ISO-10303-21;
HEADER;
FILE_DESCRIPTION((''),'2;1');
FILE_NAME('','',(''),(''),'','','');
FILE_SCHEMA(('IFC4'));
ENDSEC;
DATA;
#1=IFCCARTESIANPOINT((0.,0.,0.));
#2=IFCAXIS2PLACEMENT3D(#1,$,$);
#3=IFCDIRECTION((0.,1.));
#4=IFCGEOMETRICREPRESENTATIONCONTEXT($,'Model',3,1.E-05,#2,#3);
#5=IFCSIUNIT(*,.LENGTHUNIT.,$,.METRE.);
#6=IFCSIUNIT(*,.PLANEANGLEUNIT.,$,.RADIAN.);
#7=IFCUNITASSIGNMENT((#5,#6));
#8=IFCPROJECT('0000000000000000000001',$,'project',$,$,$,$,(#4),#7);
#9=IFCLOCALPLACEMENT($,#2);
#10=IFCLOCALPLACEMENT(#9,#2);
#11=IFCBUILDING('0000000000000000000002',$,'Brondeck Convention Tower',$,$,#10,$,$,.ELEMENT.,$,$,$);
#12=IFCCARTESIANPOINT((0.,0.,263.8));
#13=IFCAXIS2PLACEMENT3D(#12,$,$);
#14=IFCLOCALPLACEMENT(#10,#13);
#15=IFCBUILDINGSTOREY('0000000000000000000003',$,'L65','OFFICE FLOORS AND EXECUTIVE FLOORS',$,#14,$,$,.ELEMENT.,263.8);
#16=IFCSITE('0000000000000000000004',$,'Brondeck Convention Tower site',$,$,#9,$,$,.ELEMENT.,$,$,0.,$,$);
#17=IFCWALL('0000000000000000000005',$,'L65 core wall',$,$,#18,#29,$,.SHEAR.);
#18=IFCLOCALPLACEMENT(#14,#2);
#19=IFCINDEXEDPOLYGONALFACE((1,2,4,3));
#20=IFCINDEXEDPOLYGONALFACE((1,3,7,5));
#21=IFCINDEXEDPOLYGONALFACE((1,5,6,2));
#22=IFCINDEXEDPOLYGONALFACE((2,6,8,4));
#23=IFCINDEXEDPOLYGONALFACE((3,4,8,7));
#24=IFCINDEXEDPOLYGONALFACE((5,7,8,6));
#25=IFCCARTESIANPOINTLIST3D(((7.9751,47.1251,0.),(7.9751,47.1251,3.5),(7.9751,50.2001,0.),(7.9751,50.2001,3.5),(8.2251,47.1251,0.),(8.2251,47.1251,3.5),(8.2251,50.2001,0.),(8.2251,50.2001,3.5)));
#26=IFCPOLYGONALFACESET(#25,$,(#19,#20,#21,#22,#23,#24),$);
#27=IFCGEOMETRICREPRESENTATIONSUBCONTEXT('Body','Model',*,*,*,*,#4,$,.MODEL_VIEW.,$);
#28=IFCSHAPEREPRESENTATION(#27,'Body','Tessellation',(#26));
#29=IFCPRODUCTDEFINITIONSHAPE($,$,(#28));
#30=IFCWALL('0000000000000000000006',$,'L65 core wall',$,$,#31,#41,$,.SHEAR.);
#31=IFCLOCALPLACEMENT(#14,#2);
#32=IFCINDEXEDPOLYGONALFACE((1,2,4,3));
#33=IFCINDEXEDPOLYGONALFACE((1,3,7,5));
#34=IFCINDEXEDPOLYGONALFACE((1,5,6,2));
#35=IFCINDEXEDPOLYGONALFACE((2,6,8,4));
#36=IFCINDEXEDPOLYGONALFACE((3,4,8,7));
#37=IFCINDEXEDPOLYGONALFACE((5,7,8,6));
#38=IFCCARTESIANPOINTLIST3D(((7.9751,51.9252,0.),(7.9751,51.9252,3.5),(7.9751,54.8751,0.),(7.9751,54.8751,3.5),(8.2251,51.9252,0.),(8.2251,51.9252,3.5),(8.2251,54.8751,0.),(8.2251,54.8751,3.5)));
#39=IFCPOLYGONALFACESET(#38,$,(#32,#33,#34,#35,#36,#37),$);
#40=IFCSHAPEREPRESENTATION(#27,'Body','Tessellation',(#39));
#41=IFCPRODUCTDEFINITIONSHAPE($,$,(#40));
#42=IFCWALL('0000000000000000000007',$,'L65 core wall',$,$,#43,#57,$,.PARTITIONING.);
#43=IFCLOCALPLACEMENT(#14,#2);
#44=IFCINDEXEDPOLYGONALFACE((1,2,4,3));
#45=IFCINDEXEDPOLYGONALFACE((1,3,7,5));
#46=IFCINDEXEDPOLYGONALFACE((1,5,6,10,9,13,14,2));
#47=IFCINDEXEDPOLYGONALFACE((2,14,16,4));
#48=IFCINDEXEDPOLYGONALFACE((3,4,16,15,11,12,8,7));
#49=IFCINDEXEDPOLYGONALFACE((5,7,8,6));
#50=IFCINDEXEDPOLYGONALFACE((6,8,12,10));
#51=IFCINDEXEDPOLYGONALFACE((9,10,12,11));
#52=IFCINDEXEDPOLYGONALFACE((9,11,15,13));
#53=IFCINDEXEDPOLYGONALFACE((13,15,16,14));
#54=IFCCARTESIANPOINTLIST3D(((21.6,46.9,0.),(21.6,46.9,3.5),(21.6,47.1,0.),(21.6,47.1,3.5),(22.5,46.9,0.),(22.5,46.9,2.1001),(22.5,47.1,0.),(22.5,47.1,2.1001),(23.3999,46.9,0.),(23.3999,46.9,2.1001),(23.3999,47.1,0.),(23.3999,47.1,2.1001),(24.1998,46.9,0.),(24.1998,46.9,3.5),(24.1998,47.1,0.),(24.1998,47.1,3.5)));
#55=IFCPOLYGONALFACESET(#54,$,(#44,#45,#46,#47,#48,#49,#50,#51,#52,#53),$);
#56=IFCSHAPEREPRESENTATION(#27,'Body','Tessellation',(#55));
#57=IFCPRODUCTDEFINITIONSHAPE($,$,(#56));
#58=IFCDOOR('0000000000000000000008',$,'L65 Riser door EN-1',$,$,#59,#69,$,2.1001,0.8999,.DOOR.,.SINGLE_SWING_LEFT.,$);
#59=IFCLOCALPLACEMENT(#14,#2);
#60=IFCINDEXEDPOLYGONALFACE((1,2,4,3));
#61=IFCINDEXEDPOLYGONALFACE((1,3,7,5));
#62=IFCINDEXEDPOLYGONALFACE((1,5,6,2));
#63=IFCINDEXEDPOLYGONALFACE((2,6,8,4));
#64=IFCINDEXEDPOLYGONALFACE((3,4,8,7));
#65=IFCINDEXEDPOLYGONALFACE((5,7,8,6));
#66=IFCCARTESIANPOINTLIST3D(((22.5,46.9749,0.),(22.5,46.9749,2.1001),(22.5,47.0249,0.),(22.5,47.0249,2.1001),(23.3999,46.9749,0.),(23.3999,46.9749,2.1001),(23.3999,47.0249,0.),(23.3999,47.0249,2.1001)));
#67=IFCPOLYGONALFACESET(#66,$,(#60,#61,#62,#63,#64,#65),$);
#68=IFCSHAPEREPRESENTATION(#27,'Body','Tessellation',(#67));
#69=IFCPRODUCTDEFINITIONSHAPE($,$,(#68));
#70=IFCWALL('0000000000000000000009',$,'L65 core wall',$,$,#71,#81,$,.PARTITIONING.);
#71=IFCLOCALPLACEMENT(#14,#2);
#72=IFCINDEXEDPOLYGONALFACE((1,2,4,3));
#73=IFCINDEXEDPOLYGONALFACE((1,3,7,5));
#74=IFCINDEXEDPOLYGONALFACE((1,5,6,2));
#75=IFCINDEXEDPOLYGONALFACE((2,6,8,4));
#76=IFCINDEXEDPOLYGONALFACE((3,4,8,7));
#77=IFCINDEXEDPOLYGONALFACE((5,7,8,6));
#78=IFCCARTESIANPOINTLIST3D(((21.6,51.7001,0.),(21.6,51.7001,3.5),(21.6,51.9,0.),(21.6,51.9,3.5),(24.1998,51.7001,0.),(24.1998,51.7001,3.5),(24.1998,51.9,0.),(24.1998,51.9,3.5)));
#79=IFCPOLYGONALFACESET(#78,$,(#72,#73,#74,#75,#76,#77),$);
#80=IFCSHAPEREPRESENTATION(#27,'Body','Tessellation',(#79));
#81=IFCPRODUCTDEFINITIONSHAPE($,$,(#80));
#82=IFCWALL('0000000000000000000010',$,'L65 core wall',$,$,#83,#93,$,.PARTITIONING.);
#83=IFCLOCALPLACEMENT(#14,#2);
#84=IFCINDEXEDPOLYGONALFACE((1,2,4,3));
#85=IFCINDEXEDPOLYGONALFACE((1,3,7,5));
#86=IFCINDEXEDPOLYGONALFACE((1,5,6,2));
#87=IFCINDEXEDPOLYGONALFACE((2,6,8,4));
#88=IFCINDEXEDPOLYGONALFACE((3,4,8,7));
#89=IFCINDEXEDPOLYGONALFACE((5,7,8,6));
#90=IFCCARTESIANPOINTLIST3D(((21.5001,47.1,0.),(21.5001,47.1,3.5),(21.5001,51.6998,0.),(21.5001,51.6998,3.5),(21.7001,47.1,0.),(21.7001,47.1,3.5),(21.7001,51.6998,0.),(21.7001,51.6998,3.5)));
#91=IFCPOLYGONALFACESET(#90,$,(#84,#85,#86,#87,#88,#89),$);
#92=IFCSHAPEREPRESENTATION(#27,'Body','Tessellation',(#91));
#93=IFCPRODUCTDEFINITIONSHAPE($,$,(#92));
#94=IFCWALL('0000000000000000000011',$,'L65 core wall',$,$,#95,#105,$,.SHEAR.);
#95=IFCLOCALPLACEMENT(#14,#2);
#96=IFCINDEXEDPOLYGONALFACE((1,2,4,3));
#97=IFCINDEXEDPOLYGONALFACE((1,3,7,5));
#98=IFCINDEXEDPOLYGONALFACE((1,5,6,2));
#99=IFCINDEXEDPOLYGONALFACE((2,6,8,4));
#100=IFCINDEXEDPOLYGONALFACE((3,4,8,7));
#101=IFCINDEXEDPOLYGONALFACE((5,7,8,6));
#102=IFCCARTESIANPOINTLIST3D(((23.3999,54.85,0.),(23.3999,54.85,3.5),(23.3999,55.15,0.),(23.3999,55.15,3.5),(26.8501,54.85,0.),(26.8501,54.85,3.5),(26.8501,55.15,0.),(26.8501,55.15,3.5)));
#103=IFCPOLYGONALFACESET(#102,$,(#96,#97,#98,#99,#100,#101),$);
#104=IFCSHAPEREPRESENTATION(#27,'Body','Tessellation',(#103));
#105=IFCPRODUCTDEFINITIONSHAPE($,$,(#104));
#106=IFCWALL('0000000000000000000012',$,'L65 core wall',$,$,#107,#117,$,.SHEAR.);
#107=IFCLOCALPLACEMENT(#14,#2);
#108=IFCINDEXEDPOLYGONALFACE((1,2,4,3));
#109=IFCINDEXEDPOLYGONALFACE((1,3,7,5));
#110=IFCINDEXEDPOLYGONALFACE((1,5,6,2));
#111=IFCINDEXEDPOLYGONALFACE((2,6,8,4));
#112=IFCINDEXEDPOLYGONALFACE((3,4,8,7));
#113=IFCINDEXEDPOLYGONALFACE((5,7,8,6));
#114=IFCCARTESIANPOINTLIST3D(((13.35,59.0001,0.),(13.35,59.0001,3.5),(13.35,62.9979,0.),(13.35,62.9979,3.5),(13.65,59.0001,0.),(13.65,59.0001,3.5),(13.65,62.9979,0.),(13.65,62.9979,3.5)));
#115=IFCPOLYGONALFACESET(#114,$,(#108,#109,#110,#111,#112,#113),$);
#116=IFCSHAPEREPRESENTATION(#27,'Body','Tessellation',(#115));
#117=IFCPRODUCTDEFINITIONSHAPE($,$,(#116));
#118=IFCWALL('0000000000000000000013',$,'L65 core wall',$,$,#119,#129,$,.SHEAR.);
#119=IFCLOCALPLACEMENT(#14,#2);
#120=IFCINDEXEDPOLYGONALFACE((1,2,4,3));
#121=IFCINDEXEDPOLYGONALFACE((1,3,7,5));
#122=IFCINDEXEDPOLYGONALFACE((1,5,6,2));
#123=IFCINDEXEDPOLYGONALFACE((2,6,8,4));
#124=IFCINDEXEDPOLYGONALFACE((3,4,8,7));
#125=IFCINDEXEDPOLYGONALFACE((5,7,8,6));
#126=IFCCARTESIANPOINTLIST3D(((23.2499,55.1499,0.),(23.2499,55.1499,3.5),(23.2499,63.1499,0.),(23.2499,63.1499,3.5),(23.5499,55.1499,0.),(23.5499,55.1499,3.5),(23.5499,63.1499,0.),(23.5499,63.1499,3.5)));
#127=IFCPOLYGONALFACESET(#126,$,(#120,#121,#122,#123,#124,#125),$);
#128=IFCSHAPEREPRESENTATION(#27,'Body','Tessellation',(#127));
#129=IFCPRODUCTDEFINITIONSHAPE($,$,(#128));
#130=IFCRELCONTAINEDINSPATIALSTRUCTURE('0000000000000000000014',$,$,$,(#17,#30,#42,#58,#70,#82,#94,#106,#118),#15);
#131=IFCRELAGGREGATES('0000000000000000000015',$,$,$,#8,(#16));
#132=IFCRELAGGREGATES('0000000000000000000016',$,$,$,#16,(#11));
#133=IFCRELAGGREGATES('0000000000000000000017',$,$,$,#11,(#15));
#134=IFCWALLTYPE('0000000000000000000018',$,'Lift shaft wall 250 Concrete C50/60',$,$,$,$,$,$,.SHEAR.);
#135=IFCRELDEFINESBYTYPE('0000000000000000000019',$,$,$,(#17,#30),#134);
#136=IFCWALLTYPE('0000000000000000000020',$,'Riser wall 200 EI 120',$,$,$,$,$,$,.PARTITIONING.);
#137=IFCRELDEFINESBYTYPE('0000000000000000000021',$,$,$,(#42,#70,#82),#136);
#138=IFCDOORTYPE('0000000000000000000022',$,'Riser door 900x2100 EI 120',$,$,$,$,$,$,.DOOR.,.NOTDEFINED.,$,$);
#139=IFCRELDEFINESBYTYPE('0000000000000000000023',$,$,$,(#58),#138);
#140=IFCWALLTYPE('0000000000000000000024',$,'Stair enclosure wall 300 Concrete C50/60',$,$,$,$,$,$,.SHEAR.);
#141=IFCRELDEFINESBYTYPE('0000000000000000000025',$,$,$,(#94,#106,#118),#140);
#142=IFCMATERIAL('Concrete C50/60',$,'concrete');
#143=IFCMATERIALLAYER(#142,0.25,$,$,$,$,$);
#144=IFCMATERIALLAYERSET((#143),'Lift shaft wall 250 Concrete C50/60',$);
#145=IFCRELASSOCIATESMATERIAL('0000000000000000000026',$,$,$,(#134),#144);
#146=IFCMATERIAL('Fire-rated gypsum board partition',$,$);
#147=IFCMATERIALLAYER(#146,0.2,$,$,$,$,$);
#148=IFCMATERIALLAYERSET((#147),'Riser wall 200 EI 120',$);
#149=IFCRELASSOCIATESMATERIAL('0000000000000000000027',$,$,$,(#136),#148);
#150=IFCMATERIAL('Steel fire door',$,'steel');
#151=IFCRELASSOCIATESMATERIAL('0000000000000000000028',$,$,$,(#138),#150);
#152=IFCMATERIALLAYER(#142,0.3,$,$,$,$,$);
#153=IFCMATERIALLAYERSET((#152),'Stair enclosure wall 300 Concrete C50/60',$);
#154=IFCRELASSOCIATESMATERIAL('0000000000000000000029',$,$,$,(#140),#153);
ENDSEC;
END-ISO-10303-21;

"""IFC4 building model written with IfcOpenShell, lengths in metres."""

from ifc_helpers import new_model, si_unit, direction, frame, frame_2d, origin, place, context, subcontext, project, spatial, rectangle, extrude, material, layer, layer_set, type_object, element, fill, save


model = new_model("IFC4")

# Units and contexts
model_context = context("Model", 3, precision=1e-05, world=origin(), true_north=direction((0.0, 1.0)))
body_context = subcontext(model_context, "Body", "Model", "MODEL_VIEW")
ifc_project = project(units=[si_unit("LENGTHUNIT", "METRE"), si_unit("PLANEANGLEUNIT", "RADIAN")], contexts=[model_context])

# Site, building, storey
site_placement = place(None, origin())
site = spatial("IfcSite", under=ifc_project, at=site_placement, Name="Brondeck Convention Tower site", CompositionType="ELEMENT", RefElevation=0.0)
building_placement = place(site_placement, origin())
building = spatial("IfcBuilding", under=site, at=building_placement, Name="Brondeck Convention Tower", CompositionType="ELEMENT")
storey_placement = place(building_placement, frame((0.0, 0.0, 263.8)))
storey = spatial("IfcBuildingStorey", under=building, at=storey_placement, Name="L65", Description="OFFICE FLOORS AND EXECUTIVE FLOORS", CompositionType="ELEMENT", Elevation=263.8)

# Shared definitions
ifc_material_1 = material(Name="Fire-rated gypsum board partition")
ifc_material_2 = material(Name="Steel fire door", Category="steel")

# Walls
ifc_material_3 = material(Name="Concrete C50/60", Category="concrete")
ifc_layer_1 = layer(ifc_material_3, 0.25)
ifc_layer_set_1 = layer_set([ifc_layer_1], Name="Lift shaft wall 250 Concrete C50/60")
wall_type_1 = type_object("IfcWallType", Name="Lift shaft wall 250 Concrete C50/60", PredefinedType="SHEAR", material=ifc_layer_set_1)
wall_1_placement = place(storey_placement, frame((8.1001, 47.125, 0.0), z_axis=(0.0, 0.0, 1.0), x_axis=(0.0, 1.0, 0.0)))
element("IfcWall", 1, at=wall_1_placement, inside=storey, type_object=wall_type_1, Name="L65 core wall", PredefinedType="SHEAR", context=body_context, shape_type="SweptSolid", body=[
    extrude(rectangle(XDim=3.075, YDim=0.25, at=frame_2d((1.5376, 0.0))), origin(), (0.0, 0.0, 1.0), 3.5),
])
wall_2_placement = place(storey_placement, frame((8.1001, 51.925, 0.0), z_axis=(0.0, 0.0, 1.0), x_axis=(0.0, 1.0, 0.0)))
element("IfcWall", 2, at=wall_2_placement, inside=storey, type_object=wall_type_1, Name="L65 core wall", PredefinedType="SHEAR", context=body_context, shape_type="SweptSolid", body=[
    extrude(rectangle(XDim=2.95, YDim=0.25, at=frame_2d((1.4751, 0.0))), origin(), (0.0, 0.0, 1.0), 3.5),
])

# Wall, opening, door
ifc_layer_2 = layer(ifc_material_1, 0.2)
ifc_layer_set_2 = layer_set([ifc_layer_2], Name="Riser wall 200 EI 120")
wall_type_2 = type_object("IfcWallType", Name="Riser wall 200 EI 120", PredefinedType="PARTITIONING", material=ifc_layer_set_2)
wall_3_placement = place(storey_placement, frame((21.6001, 47.0, 0.0), z_axis=(0.0, 0.0, 1.0), x_axis=(1.0, 0.0, 0.0)))
wall_3 = element("IfcWall", 3, at=wall_3_placement, inside=storey, type_object=wall_type_2, Name="L65 core wall", PredefinedType="PARTITIONING", context=body_context, shape_type="SweptSolid", body=[
    extrude(rectangle(XDim=2.5999, YDim=0.2, at=frame_2d((1.2998, 0.0))), origin(), (0.0, 0.0, 1.0), 3.5),
])
opening_1_placement = place(wall_3_placement, frame((0.8999, 0.0, 0.0)))
opening_1 = element("IfcOpeningElement", 4, at=opening_1_placement, cuts=wall_3, PredefinedType="OPENING", context=body_context, shape_type="SweptSolid", body=[
    extrude(rectangle(XDim=0.8999, YDim=2.1001, at=frame_2d((0.45, 1.05))), frame((0.0, 0.1099, 0.0), z_axis=(0.0, -1.0, 0.0), x_axis=(1.0, 0.0, 0.0)), (0.0, 0.0, 1.0), 0.22),
])
door_type_1 = type_object("IfcDoorType", Name="Riser door 900x2100 EI 120", OperationType="NOTDEFINED", PredefinedType="DOOR", material=ifc_material_2)
door_1_placement = place(opening_1_placement, origin())
door_1 = element("IfcDoor", 5, at=door_1_placement, inside=storey, type_object=door_type_1, Name="L65 Riser door EN-1", OperationType="SINGLE_SWING_LEFT", OverallHeight=2.1001, OverallWidth=0.8999, PredefinedType="DOOR", context=body_context, shape_type="SweptSolid", body=[
    extrude(rectangle(XDim=0.8999, YDim=2.1001, at=frame_2d((0.45, 1.05))), frame((0.0, 0.0249, 0.0), z_axis=(0.0, -1.0, 0.0), x_axis=(1.0, 0.0, 0.0)), (0.0, 0.0, 1.0), 0.05),
])
fill(opening_1, door_1)

# Walls
wall_4_placement = place(storey_placement, frame((21.6001, 51.8, 0.0), z_axis=(0.0, 0.0, 1.0), x_axis=(1.0, 0.0, 0.0)))
element("IfcWall", 6, at=wall_4_placement, inside=storey, type_object=wall_type_2, Name="L65 core wall", PredefinedType="PARTITIONING", context=body_context, shape_type="SweptSolid", body=[
    extrude(rectangle(XDim=2.5999, YDim=0.2, at=frame_2d((1.2998, 0.0))), origin(), (0.0, 0.0, 1.0), 3.5),
])
wall_5_placement = place(storey_placement, frame((21.6001, 47.1001, 0.0), z_axis=(0.0, 0.0, 1.0), x_axis=(0.0, 1.0, 0.0)))
element("IfcWall", 7, at=wall_5_placement, inside=storey, type_object=wall_type_2, Name="L65 core wall", PredefinedType="PARTITIONING", context=body_context, shape_type="SweptSolid", body=[
    extrude(rectangle(XDim=4.5999, YDim=0.2, at=frame_2d((2.2998, 0.0))), origin(), (0.0, 0.0, 1.0), 3.5),
])
ifc_layer_3 = layer(ifc_material_3, 0.3)
ifc_layer_set_3 = layer_set([ifc_layer_3], Name="Stair enclosure wall 300 Concrete C50/60")
wall_type_3 = type_object("IfcWallType", Name="Stair enclosure wall 300 Concrete C50/60", PredefinedType="SHEAR", material=ifc_layer_set_3)
wall_6_placement = place(storey_placement, frame((23.3999, 55.0, 0.0), z_axis=(0.0, 0.0, 1.0), x_axis=(1.0, 0.0, 0.0)))
element("IfcWall", 8, at=wall_6_placement, inside=storey, type_object=wall_type_3, Name="L65 core wall", PredefinedType="SHEAR", context=body_context, shape_type="SweptSolid", body=[
    extrude(rectangle(XDim=3.4502, YDim=0.3, at=frame_2d((1.7251, 0.0))), origin(), (0.0, 0.0, 1.0), 3.5),
])
wall_7_placement = place(storey_placement, frame((13.5, 59.0, 0.0), z_axis=(0.0, 0.0, 1.0), x_axis=(0.0, 1.0, 0.0)))
element("IfcWall", 9, at=wall_7_placement, inside=storey, type_object=wall_type_3, Name="L65 core wall", PredefinedType="SHEAR", context=body_context, shape_type="SweptSolid", body=[
    extrude(rectangle(XDim=3.9978, YDim=0.3, at=frame_2d((1.999, 0.0))), origin(), (0.0, 0.0, 1.0), 3.5),
])
wall_8_placement = place(storey_placement, frame((23.3999, 55.1499, 0.0), z_axis=(0.0, 0.0, 1.0), x_axis=(0.0, 1.0, 0.0)))
element("IfcWall", 10, at=wall_8_placement, inside=storey, type_object=wall_type_3, Name="L65 core wall", PredefinedType="SHEAR", context=body_context, shape_type="SweptSolid", body=[
    extrude(rectangle(XDim=8.0, YDim=0.3, at=frame_2d((4.0, 0.0))), origin(), (0.0, 0.0, 1.0), 3.5),
])

save(model, "model.ifc")
